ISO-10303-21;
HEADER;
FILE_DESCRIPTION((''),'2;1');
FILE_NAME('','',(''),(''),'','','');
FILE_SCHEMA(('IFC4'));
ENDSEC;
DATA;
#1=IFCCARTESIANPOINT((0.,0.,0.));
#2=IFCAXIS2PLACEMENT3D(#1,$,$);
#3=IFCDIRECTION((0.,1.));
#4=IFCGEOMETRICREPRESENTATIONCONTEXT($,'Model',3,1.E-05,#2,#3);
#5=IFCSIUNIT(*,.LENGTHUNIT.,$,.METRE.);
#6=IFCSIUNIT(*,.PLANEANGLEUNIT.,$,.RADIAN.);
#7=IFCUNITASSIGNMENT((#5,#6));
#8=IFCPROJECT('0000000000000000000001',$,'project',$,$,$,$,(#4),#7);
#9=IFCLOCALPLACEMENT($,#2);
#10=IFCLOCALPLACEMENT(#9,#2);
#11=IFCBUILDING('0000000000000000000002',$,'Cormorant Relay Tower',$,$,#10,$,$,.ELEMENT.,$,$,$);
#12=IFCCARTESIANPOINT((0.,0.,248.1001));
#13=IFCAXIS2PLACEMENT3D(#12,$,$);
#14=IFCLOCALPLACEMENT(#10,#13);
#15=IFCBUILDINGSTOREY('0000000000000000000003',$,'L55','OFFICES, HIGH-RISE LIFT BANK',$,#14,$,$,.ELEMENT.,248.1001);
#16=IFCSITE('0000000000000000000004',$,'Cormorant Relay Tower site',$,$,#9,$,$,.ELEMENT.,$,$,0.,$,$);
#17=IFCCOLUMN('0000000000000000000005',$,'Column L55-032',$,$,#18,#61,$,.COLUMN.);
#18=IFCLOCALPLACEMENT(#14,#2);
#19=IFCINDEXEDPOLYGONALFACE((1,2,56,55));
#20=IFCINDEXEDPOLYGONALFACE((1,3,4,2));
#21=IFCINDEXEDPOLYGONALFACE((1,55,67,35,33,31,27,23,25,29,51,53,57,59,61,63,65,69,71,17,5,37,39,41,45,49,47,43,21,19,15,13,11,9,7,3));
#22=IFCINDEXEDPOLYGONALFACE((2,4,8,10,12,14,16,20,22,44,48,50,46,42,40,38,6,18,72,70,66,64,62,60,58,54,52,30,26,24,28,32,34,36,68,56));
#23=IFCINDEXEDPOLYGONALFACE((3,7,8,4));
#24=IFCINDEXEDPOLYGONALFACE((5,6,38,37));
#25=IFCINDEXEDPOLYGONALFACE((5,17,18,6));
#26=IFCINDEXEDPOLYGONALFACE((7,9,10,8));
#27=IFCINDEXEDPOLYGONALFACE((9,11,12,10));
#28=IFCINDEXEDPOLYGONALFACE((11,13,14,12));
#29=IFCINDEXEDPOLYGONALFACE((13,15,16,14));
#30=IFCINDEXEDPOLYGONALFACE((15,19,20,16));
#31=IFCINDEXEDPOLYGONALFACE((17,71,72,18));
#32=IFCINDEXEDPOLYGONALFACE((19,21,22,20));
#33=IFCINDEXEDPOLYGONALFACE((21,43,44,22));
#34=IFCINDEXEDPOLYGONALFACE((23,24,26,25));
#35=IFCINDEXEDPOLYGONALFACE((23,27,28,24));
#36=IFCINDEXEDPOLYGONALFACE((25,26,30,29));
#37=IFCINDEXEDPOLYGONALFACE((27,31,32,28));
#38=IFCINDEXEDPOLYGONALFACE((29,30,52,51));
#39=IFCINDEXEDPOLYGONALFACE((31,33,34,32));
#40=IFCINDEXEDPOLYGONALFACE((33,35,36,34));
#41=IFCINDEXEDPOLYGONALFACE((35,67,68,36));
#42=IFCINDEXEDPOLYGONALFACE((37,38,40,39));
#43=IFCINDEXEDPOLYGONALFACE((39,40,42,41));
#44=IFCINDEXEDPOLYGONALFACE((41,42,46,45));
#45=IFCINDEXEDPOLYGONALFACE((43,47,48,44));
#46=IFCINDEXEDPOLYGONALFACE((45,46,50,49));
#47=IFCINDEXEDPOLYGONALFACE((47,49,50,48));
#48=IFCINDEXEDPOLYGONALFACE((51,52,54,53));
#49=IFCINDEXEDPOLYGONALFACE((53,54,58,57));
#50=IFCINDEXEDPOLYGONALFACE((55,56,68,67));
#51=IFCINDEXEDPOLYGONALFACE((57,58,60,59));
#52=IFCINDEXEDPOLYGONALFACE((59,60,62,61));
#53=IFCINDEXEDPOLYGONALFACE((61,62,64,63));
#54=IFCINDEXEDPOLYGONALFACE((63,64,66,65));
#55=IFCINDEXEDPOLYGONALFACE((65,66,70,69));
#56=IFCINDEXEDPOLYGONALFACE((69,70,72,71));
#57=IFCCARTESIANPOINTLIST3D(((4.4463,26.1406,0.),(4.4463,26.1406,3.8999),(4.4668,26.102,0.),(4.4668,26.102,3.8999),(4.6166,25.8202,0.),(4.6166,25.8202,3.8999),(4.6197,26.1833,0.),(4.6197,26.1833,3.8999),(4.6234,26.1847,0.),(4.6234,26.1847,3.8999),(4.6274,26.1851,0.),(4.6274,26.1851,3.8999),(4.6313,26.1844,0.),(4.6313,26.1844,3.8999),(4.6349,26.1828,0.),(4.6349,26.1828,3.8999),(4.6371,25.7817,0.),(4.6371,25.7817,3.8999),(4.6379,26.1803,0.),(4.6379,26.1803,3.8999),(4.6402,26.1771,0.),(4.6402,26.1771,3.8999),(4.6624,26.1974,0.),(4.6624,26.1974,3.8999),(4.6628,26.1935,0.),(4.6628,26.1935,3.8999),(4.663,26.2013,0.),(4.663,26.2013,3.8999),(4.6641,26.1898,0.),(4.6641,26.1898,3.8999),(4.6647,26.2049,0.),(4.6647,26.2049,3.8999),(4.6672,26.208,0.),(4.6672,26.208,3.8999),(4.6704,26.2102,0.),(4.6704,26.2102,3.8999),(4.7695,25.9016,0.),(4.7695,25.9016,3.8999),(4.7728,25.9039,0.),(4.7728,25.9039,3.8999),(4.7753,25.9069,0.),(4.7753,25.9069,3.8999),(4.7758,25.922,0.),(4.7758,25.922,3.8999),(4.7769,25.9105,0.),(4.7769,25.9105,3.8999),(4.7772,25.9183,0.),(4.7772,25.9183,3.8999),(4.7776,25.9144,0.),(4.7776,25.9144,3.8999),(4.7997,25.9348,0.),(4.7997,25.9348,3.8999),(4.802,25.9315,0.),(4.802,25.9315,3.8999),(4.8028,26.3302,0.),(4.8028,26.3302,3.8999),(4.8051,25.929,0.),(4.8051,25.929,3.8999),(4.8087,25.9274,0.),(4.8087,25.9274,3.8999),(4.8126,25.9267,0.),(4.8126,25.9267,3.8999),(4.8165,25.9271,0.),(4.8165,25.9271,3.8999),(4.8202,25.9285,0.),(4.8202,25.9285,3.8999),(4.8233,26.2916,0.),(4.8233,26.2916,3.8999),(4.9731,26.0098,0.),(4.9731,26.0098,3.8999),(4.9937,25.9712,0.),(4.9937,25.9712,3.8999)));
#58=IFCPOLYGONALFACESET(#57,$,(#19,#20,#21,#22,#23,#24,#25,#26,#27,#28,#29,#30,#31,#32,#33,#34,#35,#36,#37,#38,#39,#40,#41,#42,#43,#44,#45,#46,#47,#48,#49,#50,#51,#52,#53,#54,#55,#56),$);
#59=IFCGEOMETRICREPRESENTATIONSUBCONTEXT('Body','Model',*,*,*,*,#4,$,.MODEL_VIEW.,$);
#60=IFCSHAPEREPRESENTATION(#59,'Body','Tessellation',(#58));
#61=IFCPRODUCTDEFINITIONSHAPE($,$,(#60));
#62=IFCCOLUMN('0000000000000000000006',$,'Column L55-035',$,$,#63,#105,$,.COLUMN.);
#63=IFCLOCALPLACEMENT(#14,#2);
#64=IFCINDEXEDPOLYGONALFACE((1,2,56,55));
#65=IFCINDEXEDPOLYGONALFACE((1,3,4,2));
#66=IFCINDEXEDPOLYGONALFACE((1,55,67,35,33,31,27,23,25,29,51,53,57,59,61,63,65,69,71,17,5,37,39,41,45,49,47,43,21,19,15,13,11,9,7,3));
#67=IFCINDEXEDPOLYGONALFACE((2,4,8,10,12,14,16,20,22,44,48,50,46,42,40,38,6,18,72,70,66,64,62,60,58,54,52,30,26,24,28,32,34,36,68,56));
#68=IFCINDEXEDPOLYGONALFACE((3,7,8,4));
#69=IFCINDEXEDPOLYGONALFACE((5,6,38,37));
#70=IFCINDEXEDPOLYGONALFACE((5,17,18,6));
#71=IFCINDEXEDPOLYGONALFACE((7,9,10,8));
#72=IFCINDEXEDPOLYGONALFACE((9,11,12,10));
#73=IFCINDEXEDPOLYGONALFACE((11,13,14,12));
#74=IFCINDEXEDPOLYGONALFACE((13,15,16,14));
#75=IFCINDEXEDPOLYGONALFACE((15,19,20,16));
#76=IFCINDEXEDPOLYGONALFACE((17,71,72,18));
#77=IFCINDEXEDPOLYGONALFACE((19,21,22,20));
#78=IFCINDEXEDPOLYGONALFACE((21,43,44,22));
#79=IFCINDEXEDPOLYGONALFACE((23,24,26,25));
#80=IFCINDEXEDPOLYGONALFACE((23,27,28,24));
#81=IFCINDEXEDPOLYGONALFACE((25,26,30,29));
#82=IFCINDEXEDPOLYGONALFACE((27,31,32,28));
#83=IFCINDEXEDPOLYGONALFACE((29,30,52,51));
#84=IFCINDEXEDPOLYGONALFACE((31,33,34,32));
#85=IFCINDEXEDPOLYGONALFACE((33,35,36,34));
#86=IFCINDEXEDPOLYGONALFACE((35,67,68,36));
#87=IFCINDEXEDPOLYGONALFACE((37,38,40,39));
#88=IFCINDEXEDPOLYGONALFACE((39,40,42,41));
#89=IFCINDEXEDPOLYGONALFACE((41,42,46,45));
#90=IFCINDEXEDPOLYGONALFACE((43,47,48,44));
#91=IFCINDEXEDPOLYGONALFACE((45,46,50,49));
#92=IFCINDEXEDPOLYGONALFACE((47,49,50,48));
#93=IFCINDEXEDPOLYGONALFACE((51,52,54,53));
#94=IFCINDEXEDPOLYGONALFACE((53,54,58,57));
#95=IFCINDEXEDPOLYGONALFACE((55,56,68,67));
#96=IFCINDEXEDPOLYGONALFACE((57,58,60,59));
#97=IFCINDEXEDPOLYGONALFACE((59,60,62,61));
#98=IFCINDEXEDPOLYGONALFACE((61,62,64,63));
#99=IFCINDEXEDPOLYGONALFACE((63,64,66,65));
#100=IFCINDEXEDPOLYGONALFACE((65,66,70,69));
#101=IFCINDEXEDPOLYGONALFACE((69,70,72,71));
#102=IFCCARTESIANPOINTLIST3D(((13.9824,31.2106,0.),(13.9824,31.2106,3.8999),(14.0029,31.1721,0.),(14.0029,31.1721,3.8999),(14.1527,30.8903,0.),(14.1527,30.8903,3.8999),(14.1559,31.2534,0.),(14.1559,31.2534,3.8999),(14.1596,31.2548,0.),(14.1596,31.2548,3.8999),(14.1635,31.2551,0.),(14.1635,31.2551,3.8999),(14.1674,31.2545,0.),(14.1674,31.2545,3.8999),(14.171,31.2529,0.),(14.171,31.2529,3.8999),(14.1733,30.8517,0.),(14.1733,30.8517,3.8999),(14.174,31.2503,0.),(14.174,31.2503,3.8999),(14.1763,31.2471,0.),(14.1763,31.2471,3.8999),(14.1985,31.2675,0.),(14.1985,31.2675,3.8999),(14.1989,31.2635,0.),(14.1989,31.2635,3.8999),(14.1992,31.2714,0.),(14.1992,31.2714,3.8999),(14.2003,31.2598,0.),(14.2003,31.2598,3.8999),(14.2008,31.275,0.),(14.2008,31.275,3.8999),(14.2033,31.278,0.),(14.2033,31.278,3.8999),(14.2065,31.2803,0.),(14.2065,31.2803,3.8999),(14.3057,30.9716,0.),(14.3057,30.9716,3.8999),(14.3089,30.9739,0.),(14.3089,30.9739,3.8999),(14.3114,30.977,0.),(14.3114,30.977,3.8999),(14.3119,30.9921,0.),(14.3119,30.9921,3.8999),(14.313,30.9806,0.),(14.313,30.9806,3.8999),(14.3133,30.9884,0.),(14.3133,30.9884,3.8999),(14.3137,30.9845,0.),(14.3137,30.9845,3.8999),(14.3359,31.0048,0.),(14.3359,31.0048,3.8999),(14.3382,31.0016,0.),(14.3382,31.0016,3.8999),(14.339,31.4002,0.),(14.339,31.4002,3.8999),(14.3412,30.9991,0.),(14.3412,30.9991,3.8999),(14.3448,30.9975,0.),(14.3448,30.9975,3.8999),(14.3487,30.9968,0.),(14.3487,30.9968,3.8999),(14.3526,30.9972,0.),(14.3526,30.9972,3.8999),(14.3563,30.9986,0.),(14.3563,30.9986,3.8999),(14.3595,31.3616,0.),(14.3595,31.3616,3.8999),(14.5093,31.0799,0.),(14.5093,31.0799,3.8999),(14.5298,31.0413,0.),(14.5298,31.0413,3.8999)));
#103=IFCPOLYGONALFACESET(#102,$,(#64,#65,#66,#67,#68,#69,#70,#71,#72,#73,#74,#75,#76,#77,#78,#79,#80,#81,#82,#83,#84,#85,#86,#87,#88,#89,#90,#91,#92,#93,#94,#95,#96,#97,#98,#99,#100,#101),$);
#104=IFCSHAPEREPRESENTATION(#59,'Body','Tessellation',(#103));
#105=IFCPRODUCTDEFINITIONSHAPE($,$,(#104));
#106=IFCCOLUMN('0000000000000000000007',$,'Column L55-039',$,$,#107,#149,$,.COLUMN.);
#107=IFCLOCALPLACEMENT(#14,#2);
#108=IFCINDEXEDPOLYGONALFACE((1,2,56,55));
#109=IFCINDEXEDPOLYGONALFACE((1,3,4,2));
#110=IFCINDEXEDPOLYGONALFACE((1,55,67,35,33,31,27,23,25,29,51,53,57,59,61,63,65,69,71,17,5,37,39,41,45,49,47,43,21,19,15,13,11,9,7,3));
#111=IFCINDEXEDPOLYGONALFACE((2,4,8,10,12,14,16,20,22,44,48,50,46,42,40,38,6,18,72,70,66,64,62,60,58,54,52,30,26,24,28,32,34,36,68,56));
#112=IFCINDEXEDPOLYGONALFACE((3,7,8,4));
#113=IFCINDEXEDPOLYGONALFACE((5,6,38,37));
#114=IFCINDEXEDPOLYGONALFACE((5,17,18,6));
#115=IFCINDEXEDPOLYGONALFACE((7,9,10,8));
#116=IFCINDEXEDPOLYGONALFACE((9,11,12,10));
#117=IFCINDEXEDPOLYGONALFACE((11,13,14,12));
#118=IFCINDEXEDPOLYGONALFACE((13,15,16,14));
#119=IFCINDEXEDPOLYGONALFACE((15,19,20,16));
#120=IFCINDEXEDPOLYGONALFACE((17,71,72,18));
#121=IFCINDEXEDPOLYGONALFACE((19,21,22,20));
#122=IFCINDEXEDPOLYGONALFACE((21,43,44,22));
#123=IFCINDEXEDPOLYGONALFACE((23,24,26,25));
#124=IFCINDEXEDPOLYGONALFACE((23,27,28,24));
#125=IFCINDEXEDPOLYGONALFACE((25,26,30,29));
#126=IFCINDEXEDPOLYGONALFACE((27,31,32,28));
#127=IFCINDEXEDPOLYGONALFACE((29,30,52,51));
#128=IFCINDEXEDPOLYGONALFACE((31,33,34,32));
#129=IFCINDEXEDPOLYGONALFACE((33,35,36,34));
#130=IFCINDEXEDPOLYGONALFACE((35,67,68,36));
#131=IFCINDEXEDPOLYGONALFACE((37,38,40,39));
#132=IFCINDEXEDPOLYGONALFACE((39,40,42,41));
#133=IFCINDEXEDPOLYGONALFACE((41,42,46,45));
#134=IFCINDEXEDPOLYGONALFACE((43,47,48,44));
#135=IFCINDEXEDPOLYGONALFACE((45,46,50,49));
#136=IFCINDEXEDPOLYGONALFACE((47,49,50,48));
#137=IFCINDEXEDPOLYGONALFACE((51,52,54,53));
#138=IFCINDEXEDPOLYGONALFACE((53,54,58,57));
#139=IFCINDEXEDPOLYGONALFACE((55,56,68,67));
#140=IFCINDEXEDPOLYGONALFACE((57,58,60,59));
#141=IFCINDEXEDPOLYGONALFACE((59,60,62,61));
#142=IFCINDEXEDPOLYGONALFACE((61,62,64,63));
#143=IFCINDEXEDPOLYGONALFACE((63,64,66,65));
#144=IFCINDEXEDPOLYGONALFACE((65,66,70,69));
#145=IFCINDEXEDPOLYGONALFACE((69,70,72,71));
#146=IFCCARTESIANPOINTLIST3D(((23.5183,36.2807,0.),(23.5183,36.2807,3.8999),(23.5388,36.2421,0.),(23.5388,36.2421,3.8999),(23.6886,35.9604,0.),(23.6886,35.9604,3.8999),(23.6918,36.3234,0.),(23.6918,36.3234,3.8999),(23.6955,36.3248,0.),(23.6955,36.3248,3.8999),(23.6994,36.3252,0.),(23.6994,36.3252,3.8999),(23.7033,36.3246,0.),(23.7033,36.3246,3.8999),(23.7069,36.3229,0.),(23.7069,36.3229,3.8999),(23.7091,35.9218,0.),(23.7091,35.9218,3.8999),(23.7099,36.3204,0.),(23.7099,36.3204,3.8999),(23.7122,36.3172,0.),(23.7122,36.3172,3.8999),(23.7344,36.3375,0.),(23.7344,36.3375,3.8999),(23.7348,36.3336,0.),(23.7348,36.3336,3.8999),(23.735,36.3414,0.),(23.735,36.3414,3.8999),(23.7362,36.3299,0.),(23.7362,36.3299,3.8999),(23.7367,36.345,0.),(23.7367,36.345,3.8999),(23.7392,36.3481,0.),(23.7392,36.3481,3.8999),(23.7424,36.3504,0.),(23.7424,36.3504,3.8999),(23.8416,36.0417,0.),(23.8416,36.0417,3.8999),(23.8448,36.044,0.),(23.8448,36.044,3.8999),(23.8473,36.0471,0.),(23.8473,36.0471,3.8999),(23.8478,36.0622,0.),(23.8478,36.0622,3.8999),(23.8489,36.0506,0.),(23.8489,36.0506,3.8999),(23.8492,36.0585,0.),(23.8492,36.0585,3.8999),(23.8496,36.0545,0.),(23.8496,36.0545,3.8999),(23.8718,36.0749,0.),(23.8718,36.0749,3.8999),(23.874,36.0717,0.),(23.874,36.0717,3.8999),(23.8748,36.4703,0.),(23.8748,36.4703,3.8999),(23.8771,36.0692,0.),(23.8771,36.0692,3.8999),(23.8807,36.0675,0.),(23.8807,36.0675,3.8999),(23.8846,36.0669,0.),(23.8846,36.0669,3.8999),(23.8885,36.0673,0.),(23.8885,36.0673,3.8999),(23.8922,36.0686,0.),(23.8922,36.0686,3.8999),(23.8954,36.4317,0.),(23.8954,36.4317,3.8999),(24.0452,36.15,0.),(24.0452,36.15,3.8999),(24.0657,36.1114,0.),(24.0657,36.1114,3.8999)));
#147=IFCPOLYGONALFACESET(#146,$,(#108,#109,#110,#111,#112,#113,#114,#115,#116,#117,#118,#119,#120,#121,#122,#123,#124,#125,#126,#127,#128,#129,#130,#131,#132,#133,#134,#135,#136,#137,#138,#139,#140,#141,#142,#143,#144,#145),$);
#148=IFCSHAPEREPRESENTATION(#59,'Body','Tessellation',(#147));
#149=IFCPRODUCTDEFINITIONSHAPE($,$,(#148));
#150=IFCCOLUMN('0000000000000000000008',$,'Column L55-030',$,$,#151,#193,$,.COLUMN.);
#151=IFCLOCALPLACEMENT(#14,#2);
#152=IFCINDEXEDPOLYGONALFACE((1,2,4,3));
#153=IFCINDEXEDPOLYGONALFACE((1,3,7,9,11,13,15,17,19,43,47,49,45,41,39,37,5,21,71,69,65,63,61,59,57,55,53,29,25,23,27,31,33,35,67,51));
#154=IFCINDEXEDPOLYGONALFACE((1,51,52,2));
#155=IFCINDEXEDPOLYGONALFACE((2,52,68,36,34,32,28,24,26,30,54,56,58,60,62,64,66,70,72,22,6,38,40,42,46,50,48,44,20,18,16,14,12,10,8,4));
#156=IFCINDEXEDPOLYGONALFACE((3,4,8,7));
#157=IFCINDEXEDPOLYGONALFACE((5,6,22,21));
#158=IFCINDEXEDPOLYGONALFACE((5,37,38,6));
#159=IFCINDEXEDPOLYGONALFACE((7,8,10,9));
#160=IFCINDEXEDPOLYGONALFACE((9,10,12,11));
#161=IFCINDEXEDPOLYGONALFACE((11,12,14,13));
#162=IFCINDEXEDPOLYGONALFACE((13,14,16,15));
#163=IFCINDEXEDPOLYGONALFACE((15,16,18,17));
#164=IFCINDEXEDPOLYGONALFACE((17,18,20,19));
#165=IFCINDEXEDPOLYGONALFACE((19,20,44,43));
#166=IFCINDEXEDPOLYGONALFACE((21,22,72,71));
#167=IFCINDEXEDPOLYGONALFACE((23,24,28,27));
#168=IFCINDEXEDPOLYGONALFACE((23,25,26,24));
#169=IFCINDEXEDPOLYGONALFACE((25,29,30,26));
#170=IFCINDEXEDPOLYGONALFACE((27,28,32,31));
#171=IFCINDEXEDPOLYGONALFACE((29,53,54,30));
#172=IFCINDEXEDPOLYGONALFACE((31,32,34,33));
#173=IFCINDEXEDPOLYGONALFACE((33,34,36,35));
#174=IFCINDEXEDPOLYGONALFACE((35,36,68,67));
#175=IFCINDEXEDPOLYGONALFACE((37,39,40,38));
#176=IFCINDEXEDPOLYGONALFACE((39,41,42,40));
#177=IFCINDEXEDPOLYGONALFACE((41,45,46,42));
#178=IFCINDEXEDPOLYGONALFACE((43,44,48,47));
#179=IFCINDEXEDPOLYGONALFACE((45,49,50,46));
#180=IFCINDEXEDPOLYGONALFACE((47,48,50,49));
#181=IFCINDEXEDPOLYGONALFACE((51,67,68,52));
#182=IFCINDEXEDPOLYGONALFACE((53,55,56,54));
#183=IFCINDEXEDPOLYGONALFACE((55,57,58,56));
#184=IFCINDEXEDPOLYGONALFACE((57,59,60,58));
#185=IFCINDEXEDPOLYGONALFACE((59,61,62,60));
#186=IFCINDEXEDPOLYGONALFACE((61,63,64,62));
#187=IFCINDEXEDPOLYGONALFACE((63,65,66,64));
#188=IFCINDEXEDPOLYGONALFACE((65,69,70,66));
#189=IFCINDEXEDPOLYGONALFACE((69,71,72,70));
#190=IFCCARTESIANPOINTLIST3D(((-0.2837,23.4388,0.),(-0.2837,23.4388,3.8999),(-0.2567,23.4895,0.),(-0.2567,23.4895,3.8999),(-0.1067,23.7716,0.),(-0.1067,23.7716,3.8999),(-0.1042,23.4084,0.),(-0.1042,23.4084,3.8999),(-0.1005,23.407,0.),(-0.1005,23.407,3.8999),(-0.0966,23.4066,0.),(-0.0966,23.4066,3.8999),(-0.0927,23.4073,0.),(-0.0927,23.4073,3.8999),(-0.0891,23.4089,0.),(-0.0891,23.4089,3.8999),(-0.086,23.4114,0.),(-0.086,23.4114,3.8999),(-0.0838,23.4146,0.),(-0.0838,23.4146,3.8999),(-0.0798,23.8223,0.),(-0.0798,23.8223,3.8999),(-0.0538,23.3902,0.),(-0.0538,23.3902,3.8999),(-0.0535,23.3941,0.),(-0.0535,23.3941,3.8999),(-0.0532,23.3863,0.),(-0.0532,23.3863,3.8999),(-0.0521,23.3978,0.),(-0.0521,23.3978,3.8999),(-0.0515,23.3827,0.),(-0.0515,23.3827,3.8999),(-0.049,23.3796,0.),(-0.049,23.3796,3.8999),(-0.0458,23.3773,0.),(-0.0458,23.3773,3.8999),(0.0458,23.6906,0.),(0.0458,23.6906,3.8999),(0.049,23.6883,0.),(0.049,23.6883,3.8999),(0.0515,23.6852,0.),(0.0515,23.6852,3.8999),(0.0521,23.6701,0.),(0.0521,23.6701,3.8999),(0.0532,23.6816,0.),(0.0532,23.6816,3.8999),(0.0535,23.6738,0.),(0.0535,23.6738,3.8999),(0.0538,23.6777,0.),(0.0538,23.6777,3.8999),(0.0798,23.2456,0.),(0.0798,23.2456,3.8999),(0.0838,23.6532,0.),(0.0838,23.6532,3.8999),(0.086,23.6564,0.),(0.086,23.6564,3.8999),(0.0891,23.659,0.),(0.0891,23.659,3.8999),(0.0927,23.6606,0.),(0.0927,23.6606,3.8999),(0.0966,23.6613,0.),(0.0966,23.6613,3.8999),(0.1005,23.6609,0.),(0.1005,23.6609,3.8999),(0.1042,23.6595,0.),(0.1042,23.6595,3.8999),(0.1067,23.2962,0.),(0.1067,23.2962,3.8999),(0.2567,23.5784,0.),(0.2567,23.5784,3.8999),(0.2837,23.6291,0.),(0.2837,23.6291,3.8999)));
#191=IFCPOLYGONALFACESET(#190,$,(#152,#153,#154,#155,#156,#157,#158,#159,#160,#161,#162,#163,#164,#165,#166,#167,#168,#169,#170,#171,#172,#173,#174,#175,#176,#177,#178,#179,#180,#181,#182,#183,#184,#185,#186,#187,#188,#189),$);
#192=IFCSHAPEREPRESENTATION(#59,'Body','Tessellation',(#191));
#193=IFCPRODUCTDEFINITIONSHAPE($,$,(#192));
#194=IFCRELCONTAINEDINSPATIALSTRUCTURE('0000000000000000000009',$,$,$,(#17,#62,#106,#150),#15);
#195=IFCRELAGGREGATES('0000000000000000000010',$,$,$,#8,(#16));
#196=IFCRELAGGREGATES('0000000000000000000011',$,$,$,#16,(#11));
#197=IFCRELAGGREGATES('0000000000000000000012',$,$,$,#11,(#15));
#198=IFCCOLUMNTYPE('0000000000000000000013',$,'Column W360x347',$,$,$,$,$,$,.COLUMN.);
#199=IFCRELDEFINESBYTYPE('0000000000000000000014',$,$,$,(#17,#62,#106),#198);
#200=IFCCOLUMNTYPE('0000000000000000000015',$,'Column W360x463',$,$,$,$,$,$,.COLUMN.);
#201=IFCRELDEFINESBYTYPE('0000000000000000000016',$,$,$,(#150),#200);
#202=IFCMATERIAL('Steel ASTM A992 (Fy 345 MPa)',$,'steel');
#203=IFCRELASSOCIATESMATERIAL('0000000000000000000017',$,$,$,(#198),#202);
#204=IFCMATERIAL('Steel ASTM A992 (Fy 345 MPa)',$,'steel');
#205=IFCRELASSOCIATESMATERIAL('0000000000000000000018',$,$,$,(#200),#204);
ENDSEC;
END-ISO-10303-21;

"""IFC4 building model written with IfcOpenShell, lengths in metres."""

from ifc_helpers import new_model, si_unit, direction, frame, origin, origin_2d, place, context, subcontext, project, spatial, i_section, extrude, material, material_profile, profile_set, type_object, element, save


model = new_model("IFC4")

# Units and contexts
model_context = context("Model", 3, precision=1e-05, world=origin(), true_north=direction((0.0, 1.0)))
body_context = subcontext(model_context, "Body", "Model", "MODEL_VIEW")
ifc_project = project(units=[si_unit("LENGTHUNIT", "METRE"), si_unit("PLANEANGLEUNIT", "RADIAN")], contexts=[model_context])

# Site, building, storey
site_placement = place(None, origin())
site = spatial("IfcSite", under=ifc_project, at=site_placement, Name="Cormorant Relay Tower site", CompositionType="ELEMENT", RefElevation=0.0)
building_placement = place(site_placement, origin())
building = spatial("IfcBuilding", under=site, at=building_placement, Name="Cormorant Relay Tower", CompositionType="ELEMENT")
storey_placement = place(building_placement, frame((0.0, 0.0, 248.1001)))
storey = spatial("IfcBuildingStorey", under=building, at=storey_placement, Name="L55", Description="OFFICES, HIGH-RISE LIFT BANK", CompositionType="ELEMENT", Elevation=248.1001)

# Columns
ifc_material_1 = material(Name="Steel ASTM A992 (Fy 345 MPa)", Category="steel")
ifc_material_profile_1 = material_profile(ifc_material_1, i_section(OverallWidth=0.4038, OverallDepth=0.4065, WebThickness=0.0271, FlangeThickness=0.0437, FilletRadius=0.0151, at=origin_2d()), Name="W360x347")
ifc_profile_set_1 = profile_set([ifc_material_profile_1], Name="Steel ASTM A992 (Fy 345 MPa)")
column_type_1 = type_object("IfcColumnType", Name="Column W360x347", PredefinedType="COLUMN", material=ifc_profile_set_1)
for number, where, z_axis, x_axis, name in (
    (1, (4.72, 26.0559, 0.0), (0.0, 0.0, 1.0), (-0.882948, -0.469472, 0.0), "Column L55-032"),
    (2, (14.2561, 31.126, 0.0), (0.0, 0.0, 1.0), (-0.882948, -0.469472, 0.0), "Column L55-035"),
    (3, (23.792, 36.196, 0.0), (0.0, 0.0, 1.0), (-0.882948, -0.469472, 0.0), "Column L55-039"),
):
    element("IfcColumn", number, at=place(storey_placement, frame(where, z_axis=z_axis, x_axis=x_axis)), inside=storey, type_object=column_type_1, Name=name, PredefinedType="COLUMN", context=body_context, shape_type="SweptSolid", body=[
        extrude(i_section(OverallWidth=0.4038, OverallDepth=0.4065, WebThickness=0.0271, FlangeThickness=0.0437, FilletRadius=0.0151, at=origin_2d()), origin(), (0.0, 0.0, 1.0), 3.8999),
    ])
ifc_material_2 = material(Name="Steel ASTM A992 (Fy 345 MPa)", Category="steel")
ifc_material_profile_2 = material_profile(ifc_material_2, i_section(OverallWidth=0.4116, OverallDepth=0.4343, WebThickness=0.0359, FlangeThickness=0.0574, FilletRadius=0.0151, at=origin_2d()), Name="W360x463")
ifc_profile_set_2 = profile_set([ifc_material_profile_2], Name="Steel ASTM A992 (Fy 345 MPa)")
column_type_2 = type_object("IfcColumnType", Name="Column W360x463", PredefinedType="COLUMN", material=ifc_profile_set_2)
column_placement = place(storey_placement, frame((0.0, 23.5339, 0.0), z_axis=(0.0, 0.0, 1.0), x_axis=(-0.882948, 0.469472, 0.0)))
element("IfcColumn", 4, at=column_placement, inside=storey, type_object=column_type_2, Name="Column L55-030", PredefinedType="COLUMN", context=body_context, shape_type="SweptSolid", body=[
    extrude(i_section(OverallWidth=0.4116, OverallDepth=0.4343, WebThickness=0.0359, FlangeThickness=0.0574, FilletRadius=0.0151, at=origin_2d()), origin(), (0.0, 0.0, 1.0), 3.8999),
])

save(model, "model.ifc")
